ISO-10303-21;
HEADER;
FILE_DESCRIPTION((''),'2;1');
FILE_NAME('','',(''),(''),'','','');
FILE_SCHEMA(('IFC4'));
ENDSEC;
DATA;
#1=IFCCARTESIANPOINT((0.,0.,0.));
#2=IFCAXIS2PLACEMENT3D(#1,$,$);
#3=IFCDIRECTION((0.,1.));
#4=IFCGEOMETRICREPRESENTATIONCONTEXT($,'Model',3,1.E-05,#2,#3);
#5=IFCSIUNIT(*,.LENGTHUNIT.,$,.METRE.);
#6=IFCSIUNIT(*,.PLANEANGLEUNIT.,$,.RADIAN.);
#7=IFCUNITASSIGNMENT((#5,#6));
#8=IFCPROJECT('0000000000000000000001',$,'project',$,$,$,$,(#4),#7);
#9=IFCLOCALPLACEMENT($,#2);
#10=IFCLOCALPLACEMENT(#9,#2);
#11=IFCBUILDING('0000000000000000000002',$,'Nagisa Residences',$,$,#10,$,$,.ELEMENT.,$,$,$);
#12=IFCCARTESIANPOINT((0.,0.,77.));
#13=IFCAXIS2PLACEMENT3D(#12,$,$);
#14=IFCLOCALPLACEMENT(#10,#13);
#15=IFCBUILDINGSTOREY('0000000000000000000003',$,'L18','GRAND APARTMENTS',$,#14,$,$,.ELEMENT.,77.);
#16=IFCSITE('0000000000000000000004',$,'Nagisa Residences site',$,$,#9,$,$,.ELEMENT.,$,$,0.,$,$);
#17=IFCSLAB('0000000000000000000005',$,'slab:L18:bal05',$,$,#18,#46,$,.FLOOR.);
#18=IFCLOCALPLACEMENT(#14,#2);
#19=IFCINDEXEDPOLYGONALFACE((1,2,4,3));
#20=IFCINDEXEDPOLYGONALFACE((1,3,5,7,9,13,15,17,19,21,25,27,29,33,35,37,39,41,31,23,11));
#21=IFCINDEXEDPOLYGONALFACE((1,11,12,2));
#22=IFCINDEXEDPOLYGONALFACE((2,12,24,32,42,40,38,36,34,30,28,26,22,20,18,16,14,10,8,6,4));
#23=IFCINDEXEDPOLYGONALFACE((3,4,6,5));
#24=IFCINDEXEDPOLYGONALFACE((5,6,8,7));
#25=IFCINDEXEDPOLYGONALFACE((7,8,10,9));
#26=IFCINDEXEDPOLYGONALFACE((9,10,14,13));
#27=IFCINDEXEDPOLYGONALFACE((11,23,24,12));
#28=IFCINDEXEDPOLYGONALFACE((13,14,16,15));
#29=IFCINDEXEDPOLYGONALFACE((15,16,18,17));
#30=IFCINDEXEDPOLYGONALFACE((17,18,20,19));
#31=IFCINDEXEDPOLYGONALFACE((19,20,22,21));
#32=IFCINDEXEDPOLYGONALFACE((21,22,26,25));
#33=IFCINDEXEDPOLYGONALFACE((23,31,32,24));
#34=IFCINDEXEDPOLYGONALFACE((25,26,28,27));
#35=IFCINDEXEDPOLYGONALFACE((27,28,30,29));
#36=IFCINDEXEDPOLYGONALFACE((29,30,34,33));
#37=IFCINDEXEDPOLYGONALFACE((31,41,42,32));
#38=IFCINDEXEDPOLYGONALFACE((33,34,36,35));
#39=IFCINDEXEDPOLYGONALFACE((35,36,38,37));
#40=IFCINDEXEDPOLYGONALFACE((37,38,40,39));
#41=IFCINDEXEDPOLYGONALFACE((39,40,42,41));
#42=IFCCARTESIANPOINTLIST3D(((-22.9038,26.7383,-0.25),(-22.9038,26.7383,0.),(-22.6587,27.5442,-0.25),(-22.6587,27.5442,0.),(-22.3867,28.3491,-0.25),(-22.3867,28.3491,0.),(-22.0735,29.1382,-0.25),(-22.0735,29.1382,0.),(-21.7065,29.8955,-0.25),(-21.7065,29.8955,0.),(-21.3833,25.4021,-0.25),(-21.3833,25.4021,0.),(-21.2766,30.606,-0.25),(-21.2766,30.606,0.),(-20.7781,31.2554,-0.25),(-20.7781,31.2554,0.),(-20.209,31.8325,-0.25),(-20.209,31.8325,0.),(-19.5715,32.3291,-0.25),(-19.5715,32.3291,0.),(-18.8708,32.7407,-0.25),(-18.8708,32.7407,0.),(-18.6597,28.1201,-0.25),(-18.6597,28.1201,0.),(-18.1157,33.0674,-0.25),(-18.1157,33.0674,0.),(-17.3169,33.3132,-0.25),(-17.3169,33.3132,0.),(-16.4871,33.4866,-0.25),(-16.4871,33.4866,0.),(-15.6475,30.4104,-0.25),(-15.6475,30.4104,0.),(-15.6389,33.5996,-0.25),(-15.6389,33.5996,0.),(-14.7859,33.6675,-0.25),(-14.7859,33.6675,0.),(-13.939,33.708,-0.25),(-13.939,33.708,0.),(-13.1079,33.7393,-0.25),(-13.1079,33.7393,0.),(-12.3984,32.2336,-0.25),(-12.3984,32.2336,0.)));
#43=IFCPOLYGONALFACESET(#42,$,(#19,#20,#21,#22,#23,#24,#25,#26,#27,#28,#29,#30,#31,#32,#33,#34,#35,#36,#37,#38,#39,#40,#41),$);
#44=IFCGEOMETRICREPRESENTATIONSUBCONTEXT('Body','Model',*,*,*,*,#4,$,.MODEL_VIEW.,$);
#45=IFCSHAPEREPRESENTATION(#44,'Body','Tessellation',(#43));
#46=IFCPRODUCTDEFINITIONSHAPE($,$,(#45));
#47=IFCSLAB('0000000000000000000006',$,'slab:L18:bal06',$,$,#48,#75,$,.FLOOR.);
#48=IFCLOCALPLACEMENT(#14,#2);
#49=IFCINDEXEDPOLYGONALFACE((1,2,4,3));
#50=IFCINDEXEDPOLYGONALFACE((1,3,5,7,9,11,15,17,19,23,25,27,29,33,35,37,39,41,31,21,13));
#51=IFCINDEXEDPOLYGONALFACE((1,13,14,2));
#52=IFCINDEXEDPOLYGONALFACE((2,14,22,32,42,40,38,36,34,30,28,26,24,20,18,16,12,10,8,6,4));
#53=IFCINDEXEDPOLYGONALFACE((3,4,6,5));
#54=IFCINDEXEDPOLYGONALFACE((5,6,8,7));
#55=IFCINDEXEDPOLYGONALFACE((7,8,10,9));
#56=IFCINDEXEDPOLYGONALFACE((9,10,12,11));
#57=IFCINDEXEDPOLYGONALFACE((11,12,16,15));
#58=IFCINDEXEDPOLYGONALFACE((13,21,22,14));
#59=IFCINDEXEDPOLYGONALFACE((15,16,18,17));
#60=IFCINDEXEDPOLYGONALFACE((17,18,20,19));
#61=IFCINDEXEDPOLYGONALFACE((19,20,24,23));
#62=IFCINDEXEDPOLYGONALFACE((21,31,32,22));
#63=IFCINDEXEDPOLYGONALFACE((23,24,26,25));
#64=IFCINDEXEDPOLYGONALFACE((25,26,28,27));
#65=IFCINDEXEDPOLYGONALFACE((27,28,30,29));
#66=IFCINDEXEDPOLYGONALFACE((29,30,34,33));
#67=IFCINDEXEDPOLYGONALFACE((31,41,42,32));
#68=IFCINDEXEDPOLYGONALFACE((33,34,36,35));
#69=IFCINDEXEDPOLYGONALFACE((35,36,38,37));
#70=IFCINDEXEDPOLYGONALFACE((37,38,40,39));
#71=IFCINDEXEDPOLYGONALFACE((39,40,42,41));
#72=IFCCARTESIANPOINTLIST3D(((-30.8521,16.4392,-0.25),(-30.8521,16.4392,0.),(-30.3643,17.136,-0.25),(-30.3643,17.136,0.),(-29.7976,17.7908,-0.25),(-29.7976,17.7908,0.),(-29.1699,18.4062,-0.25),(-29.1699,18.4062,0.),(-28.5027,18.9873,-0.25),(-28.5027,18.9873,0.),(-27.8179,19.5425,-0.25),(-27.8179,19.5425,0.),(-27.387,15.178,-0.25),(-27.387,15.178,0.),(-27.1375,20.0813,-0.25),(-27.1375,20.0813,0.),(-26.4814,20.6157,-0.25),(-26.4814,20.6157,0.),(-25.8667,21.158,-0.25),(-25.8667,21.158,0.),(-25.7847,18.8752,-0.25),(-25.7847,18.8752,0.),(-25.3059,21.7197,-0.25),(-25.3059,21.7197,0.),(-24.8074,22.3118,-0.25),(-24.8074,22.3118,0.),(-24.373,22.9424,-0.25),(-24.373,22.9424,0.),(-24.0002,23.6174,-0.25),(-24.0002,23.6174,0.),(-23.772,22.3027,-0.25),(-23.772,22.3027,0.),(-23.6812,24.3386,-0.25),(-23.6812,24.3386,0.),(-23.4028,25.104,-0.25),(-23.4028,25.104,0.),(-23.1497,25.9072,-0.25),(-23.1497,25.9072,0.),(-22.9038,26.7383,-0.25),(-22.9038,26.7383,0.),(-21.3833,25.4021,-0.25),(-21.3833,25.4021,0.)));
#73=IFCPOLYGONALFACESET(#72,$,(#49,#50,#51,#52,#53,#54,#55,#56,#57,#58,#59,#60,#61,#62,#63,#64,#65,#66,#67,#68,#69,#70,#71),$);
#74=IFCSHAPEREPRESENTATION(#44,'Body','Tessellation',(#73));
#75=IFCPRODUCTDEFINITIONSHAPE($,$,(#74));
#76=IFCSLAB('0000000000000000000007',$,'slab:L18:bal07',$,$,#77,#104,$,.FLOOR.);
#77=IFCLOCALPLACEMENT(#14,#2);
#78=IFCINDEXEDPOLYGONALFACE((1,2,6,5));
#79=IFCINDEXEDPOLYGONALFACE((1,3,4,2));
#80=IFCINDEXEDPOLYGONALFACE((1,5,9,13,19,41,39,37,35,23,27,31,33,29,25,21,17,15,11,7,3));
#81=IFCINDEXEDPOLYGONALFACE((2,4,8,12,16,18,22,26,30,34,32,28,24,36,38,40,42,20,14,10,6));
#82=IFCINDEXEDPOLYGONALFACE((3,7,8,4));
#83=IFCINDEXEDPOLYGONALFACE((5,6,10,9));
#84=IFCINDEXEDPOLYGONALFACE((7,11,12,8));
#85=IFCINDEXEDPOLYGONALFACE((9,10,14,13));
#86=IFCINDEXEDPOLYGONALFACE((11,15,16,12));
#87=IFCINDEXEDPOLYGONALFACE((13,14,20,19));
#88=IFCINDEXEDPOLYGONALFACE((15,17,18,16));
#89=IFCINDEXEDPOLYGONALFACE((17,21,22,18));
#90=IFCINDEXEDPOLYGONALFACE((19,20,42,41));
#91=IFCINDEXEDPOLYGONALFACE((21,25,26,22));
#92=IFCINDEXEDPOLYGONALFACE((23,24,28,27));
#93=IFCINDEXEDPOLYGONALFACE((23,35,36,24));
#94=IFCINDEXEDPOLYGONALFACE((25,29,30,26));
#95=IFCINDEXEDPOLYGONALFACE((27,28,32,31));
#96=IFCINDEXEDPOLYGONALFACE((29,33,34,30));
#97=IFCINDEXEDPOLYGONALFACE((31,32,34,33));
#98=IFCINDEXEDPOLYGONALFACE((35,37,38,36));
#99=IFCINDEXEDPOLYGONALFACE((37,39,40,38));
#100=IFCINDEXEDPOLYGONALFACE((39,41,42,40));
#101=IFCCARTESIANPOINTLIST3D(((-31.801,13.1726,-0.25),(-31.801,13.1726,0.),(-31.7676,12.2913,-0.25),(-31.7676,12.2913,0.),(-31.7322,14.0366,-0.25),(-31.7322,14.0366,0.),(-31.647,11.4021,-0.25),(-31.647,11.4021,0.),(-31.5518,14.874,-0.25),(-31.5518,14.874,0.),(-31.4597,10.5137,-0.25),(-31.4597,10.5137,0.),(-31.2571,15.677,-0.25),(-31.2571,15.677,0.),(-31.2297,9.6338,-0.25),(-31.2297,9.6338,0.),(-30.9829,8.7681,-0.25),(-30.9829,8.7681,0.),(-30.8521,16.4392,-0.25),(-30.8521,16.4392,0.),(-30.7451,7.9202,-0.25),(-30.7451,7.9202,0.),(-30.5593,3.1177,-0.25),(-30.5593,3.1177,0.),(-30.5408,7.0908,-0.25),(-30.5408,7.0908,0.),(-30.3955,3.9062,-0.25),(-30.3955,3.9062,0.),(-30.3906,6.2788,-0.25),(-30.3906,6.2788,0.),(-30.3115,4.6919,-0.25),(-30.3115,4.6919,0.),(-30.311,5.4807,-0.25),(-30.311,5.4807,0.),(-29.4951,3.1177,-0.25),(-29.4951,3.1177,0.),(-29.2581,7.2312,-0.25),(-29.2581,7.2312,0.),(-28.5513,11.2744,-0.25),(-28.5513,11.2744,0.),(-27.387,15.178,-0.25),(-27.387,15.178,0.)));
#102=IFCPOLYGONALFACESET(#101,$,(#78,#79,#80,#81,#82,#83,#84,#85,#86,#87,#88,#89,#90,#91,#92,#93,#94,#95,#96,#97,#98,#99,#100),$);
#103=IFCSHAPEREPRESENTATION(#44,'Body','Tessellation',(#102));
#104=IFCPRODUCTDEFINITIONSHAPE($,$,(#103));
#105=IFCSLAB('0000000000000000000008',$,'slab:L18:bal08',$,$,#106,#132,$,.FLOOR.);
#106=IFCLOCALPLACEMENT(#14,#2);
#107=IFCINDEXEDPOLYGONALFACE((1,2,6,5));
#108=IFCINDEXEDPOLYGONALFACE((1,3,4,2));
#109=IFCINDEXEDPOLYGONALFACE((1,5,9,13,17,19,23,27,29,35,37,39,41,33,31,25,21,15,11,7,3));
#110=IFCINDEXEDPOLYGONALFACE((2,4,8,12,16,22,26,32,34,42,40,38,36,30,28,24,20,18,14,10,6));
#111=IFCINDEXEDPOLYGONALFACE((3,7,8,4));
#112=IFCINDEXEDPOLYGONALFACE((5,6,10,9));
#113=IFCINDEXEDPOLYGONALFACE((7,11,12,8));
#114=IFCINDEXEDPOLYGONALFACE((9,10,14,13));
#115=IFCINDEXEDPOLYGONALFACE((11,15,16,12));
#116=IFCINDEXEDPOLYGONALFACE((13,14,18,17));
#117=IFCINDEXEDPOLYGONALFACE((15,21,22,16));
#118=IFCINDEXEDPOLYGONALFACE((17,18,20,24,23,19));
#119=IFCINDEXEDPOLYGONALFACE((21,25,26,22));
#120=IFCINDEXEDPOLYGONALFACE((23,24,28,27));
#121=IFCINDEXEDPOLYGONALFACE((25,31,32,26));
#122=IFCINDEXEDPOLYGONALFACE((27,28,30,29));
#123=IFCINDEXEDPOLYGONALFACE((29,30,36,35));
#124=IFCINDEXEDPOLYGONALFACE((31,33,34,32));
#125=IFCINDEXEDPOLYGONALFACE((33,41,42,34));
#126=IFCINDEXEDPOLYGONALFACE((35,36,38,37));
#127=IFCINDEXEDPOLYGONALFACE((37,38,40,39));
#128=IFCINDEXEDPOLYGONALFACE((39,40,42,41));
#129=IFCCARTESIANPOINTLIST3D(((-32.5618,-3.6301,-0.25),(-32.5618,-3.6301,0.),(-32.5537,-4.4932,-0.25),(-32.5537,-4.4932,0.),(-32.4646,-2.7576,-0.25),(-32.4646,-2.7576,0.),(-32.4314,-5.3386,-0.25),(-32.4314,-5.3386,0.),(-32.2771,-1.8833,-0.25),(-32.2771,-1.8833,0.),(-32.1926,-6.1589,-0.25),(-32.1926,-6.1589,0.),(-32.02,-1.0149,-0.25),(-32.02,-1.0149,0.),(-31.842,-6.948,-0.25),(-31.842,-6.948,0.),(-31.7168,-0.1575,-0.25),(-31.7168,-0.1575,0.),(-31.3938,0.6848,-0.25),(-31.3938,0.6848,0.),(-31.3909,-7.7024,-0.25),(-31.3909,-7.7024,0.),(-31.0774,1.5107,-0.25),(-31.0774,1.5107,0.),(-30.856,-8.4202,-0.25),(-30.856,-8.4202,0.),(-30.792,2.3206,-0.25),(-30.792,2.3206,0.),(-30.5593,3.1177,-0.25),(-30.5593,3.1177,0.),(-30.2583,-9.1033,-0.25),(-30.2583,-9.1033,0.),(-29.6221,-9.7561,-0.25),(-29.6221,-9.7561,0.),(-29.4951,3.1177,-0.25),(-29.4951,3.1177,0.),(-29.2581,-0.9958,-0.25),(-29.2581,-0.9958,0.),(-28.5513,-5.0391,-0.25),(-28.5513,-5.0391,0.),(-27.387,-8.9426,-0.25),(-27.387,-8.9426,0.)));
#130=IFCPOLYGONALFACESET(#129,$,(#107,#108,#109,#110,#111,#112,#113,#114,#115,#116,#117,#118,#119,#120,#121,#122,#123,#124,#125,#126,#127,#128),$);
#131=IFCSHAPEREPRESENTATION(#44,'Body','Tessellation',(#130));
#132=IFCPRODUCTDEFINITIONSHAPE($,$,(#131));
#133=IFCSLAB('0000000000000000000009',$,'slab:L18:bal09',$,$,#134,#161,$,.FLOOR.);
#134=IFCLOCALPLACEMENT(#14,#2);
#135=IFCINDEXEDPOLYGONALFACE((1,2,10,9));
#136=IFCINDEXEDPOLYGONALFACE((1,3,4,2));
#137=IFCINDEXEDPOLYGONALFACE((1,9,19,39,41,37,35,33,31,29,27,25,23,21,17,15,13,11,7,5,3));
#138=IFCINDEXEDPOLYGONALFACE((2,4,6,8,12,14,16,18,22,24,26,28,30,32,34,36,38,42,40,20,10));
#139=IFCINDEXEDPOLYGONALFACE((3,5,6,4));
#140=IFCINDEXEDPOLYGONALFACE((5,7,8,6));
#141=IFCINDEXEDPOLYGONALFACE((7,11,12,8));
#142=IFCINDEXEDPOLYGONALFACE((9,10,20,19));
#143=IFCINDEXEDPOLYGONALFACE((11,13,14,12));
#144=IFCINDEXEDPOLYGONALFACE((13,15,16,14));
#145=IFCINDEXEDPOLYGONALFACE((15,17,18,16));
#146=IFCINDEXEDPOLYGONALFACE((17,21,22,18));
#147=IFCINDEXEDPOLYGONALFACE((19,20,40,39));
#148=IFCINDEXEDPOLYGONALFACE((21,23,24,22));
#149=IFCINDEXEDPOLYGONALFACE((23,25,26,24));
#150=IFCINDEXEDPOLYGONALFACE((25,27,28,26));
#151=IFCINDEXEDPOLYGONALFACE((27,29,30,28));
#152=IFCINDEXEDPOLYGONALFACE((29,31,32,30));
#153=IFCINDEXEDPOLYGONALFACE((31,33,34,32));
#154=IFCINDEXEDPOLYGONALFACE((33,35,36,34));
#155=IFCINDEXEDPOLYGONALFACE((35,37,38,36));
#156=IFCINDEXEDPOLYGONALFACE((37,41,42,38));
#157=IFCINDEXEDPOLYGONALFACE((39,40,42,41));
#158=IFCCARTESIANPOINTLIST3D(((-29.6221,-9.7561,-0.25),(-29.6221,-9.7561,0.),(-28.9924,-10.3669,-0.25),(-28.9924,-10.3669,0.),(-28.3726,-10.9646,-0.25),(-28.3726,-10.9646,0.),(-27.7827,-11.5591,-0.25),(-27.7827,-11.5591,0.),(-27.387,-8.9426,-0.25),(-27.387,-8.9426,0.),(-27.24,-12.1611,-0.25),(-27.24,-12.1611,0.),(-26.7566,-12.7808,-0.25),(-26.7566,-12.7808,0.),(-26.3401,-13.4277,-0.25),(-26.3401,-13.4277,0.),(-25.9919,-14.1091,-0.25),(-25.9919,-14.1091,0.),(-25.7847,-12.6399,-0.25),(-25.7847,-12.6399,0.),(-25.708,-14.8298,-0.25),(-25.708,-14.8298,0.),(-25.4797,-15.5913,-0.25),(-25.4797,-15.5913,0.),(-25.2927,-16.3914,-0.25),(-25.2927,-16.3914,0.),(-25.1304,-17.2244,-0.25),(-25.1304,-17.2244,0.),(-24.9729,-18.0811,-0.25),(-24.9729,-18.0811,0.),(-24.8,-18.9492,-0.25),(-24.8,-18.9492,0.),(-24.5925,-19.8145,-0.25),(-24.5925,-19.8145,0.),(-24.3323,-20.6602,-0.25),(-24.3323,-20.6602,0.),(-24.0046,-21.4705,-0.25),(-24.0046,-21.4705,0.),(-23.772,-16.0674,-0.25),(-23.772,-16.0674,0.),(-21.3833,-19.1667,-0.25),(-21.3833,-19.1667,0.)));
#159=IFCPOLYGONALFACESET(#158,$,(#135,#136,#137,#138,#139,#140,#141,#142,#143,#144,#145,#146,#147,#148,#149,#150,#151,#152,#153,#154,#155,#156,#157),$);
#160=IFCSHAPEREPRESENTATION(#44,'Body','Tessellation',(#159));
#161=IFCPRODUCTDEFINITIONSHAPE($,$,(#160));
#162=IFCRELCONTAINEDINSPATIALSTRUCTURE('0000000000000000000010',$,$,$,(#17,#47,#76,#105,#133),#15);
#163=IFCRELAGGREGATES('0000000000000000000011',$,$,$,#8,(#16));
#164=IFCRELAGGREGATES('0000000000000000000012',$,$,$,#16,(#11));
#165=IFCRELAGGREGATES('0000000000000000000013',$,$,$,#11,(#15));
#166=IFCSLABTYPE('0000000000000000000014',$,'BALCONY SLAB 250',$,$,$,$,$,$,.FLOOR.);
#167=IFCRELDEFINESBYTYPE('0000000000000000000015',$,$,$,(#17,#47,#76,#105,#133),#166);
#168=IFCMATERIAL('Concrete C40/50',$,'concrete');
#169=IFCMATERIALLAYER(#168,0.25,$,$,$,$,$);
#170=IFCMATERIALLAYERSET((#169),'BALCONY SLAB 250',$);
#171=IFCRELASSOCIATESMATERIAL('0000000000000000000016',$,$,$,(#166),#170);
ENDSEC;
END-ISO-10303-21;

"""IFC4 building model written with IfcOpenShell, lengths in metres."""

from ifc_helpers import new_model, si_unit, direction, frame, origin, place, context, subcontext, project, spatial, polyline, outline, extrude, material, layer, layer_set, type_object, element, save


model = new_model("IFC4")

# Units and contexts
model_context = context("Model", 3, precision=1e-05, world=origin(), true_north=direction((0.0, 1.0)))
body_context = subcontext(model_context, "Body", "Model", "MODEL_VIEW")
ifc_project = project(units=[si_unit("LENGTHUNIT", "METRE"), si_unit("PLANEANGLEUNIT", "RADIAN")], contexts=[model_context])

# Site, building, storey
site_placement = place(None, origin())
site = spatial("IfcSite", under=ifc_project, at=site_placement, Name="Nagisa Residences site", CompositionType="ELEMENT", RefElevation=0.0)
building_placement = place(site_placement, origin())
building = spatial("IfcBuilding", under=site, at=building_placement, Name="Nagisa Residences", CompositionType="ELEMENT")
storey_placement = place(building_placement, frame((0.0, 0.0, 77.0)))
storey = spatial("IfcBuildingStorey", under=building, at=storey_placement, Name="L18", Description="GRAND APARTMENTS", CompositionType="ELEMENT", Elevation=77.0)

# Slabs
ifc_material_1 = material(Name="Concrete C40/50", Category="concrete")
ifc_layer_1 = layer(ifc_material_1, 0.25)
ifc_layer_set_1 = layer_set([ifc_layer_1], Name="BALCONY SLAB 250")
slab_type_1 = type_object("IfcSlabType", Name="BALCONY SLAB 250", PredefinedType="FLOOR", material=ifc_layer_set_1)
slab_1_placement = place(storey_placement, frame((0.0, 0.0, -0.25)))
element("IfcSlab", 1, at=slab_1_placement, inside=storey, type_object=slab_type_1, Name="slab:L18:bal05", PredefinedType="FLOOR", context=body_context, shape_type="SweptSolid", body=[
    extrude(outline(polyline([(-13.1079, 33.7393), (-13.939, 33.708), (-14.7859, 33.6675), (-15.6389, 33.5996), (-16.4871, 33.4866), (-17.3169, 33.3132), (-18.1157, 33.0674), (-18.8708, 32.7407), (-19.5715, 32.3291), (-20.209, 31.8325), (-20.7781, 31.2554), (-21.2766, 30.606), (-21.7065, 29.8955), (-22.0735, 29.1382), (-22.3867, 28.3491), (-22.6587, 27.5442), (-22.9038, 26.7383), (-21.3833, 25.4021), (-18.6597, 28.1201), (-15.6475, 30.4104), (-12.3984, 32.2336), (-13.1079, 33.7393)])), origin(), (0.0, 0.0, 1.0), 0.25),
])
slab_2_placement = place(storey_placement, frame((0.0, 0.0, -0.25)))
element("IfcSlab", 2, at=slab_2_placement, inside=storey, type_object=slab_type_1, Name="slab:L18:bal06", PredefinedType="FLOOR", context=body_context, shape_type="SweptSolid", body=[
    extrude(outline(polyline([(-22.9038, 26.7383), (-23.1497, 25.9072), (-23.4028, 25.104), (-23.6812, 24.3386), (-24.0002, 23.6174), (-24.373, 22.9424), (-24.8074, 22.3118), (-25.3059, 21.7197), (-25.8667, 21.158), (-26.4814, 20.6157), (-27.1375, 20.0813), (-27.8179, 19.5425), (-28.5027, 18.9873), (-29.1699, 18.4062), (-29.7976, 17.7908), (-30.3643, 17.136), (-30.8521, 16.4392), (-27.387, 15.178), (-25.7847, 18.8752), (-23.772, 22.3027), (-21.3833, 25.4021), (-22.9038, 26.7383)])), origin(), (0.0, 0.0, 1.0), 0.25),
])
slab_3_placement = place(storey_placement, frame((0.0, 0.0, -0.25)))
element("IfcSlab", 3, at=slab_3_placement, inside=storey, type_object=slab_type_1, Name="slab:L18:bal07", PredefinedType="FLOOR", context=body_context, shape_type="SweptSolid", body=[
    extrude(outline(polyline([(-30.8521, 16.4392), (-31.2571, 15.677), (-31.5518, 14.874), (-31.7322, 14.0366), (-31.801, 13.1726), (-31.7676, 12.2913), (-31.647, 11.4021), (-31.4597, 10.5137), (-31.2297, 9.6338), (-30.9829, 8.7681), (-30.7451, 7.9202), (-30.5408, 7.0908), (-30.3906, 6.2788), (-30.311, 5.4807), (-30.3115, 4.6919), (-30.3955, 3.9062), (-30.5593, 3.1177), (-29.4951, 3.1177), (-29.2581, 7.2312), (-28.5513, 11.2744), (-27.387, 15.178), (-30.8521, 16.4392)])), origin(), (0.0, 0.0, 1.0), 0.25),
])
slab_4_placement = place(storey_placement, frame((0.0, 0.0, -0.25)))
element("IfcSlab", 4, at=slab_4_placement, inside=storey, type_object=slab_type_1, Name="slab:L18:bal08", PredefinedType="FLOOR", context=body_context, shape_type="SweptSolid", body=[
    extrude(outline(polyline([(-30.5593, 3.1177), (-30.792, 2.3206), (-31.0774, 1.5107), (-31.3938, 0.6848), (-31.7168, -0.1575), (-32.02, -1.0149), (-32.2771, -1.8833), (-32.4646, -2.7576), (-32.5618, -3.6301), (-32.5537, -4.4932), (-32.4314, -5.3386), (-32.1926, -6.1589), (-31.842, -6.948), (-31.3909, -7.7024), (-30.856, -8.4202), (-30.2583, -9.1033), (-29.6221, -9.7561), (-27.387, -8.9426), (-28.5513, -5.0391), (-29.2581, -0.9958), (-29.4951, 3.1177), (-30.5593, 3.1177)])), origin(), (0.0, 0.0, 1.0), 0.25),
])
slab_5_placement = place(storey_placement, frame((0.0, 0.0, -0.25)))
element("IfcSlab", 5, at=slab_5_placement, inside=storey, type_object=slab_type_1, Name="slab:L18:bal09", PredefinedType="FLOOR", context=body_context, shape_type="SweptSolid", body=[
    extrude(outline(polyline([(-29.6221, -9.7561), (-28.9924, -10.3669), (-28.3726, -10.9646), (-27.7827, -11.5591), (-27.24, -12.1611), (-26.7566, -12.7808), (-26.3401, -13.4277), (-25.9919, -14.1091), (-25.708, -14.8298), (-25.4797, -15.5913), (-25.2927, -16.3914), (-25.1304, -17.2244), (-24.9729, -18.0811), (-24.8, -18.9492), (-24.5925, -19.8145), (-24.3323, -20.6602), (-24.0046, -21.4705), (-21.3833, -19.1667), (-23.772, -16.0674), (-25.7847, -12.6399), (-27.387, -8.9426), (-29.6221, -9.7561)])), origin(), (0.0, 0.0, 1.0), 0.25),
])

save(model, "model.ifc")
